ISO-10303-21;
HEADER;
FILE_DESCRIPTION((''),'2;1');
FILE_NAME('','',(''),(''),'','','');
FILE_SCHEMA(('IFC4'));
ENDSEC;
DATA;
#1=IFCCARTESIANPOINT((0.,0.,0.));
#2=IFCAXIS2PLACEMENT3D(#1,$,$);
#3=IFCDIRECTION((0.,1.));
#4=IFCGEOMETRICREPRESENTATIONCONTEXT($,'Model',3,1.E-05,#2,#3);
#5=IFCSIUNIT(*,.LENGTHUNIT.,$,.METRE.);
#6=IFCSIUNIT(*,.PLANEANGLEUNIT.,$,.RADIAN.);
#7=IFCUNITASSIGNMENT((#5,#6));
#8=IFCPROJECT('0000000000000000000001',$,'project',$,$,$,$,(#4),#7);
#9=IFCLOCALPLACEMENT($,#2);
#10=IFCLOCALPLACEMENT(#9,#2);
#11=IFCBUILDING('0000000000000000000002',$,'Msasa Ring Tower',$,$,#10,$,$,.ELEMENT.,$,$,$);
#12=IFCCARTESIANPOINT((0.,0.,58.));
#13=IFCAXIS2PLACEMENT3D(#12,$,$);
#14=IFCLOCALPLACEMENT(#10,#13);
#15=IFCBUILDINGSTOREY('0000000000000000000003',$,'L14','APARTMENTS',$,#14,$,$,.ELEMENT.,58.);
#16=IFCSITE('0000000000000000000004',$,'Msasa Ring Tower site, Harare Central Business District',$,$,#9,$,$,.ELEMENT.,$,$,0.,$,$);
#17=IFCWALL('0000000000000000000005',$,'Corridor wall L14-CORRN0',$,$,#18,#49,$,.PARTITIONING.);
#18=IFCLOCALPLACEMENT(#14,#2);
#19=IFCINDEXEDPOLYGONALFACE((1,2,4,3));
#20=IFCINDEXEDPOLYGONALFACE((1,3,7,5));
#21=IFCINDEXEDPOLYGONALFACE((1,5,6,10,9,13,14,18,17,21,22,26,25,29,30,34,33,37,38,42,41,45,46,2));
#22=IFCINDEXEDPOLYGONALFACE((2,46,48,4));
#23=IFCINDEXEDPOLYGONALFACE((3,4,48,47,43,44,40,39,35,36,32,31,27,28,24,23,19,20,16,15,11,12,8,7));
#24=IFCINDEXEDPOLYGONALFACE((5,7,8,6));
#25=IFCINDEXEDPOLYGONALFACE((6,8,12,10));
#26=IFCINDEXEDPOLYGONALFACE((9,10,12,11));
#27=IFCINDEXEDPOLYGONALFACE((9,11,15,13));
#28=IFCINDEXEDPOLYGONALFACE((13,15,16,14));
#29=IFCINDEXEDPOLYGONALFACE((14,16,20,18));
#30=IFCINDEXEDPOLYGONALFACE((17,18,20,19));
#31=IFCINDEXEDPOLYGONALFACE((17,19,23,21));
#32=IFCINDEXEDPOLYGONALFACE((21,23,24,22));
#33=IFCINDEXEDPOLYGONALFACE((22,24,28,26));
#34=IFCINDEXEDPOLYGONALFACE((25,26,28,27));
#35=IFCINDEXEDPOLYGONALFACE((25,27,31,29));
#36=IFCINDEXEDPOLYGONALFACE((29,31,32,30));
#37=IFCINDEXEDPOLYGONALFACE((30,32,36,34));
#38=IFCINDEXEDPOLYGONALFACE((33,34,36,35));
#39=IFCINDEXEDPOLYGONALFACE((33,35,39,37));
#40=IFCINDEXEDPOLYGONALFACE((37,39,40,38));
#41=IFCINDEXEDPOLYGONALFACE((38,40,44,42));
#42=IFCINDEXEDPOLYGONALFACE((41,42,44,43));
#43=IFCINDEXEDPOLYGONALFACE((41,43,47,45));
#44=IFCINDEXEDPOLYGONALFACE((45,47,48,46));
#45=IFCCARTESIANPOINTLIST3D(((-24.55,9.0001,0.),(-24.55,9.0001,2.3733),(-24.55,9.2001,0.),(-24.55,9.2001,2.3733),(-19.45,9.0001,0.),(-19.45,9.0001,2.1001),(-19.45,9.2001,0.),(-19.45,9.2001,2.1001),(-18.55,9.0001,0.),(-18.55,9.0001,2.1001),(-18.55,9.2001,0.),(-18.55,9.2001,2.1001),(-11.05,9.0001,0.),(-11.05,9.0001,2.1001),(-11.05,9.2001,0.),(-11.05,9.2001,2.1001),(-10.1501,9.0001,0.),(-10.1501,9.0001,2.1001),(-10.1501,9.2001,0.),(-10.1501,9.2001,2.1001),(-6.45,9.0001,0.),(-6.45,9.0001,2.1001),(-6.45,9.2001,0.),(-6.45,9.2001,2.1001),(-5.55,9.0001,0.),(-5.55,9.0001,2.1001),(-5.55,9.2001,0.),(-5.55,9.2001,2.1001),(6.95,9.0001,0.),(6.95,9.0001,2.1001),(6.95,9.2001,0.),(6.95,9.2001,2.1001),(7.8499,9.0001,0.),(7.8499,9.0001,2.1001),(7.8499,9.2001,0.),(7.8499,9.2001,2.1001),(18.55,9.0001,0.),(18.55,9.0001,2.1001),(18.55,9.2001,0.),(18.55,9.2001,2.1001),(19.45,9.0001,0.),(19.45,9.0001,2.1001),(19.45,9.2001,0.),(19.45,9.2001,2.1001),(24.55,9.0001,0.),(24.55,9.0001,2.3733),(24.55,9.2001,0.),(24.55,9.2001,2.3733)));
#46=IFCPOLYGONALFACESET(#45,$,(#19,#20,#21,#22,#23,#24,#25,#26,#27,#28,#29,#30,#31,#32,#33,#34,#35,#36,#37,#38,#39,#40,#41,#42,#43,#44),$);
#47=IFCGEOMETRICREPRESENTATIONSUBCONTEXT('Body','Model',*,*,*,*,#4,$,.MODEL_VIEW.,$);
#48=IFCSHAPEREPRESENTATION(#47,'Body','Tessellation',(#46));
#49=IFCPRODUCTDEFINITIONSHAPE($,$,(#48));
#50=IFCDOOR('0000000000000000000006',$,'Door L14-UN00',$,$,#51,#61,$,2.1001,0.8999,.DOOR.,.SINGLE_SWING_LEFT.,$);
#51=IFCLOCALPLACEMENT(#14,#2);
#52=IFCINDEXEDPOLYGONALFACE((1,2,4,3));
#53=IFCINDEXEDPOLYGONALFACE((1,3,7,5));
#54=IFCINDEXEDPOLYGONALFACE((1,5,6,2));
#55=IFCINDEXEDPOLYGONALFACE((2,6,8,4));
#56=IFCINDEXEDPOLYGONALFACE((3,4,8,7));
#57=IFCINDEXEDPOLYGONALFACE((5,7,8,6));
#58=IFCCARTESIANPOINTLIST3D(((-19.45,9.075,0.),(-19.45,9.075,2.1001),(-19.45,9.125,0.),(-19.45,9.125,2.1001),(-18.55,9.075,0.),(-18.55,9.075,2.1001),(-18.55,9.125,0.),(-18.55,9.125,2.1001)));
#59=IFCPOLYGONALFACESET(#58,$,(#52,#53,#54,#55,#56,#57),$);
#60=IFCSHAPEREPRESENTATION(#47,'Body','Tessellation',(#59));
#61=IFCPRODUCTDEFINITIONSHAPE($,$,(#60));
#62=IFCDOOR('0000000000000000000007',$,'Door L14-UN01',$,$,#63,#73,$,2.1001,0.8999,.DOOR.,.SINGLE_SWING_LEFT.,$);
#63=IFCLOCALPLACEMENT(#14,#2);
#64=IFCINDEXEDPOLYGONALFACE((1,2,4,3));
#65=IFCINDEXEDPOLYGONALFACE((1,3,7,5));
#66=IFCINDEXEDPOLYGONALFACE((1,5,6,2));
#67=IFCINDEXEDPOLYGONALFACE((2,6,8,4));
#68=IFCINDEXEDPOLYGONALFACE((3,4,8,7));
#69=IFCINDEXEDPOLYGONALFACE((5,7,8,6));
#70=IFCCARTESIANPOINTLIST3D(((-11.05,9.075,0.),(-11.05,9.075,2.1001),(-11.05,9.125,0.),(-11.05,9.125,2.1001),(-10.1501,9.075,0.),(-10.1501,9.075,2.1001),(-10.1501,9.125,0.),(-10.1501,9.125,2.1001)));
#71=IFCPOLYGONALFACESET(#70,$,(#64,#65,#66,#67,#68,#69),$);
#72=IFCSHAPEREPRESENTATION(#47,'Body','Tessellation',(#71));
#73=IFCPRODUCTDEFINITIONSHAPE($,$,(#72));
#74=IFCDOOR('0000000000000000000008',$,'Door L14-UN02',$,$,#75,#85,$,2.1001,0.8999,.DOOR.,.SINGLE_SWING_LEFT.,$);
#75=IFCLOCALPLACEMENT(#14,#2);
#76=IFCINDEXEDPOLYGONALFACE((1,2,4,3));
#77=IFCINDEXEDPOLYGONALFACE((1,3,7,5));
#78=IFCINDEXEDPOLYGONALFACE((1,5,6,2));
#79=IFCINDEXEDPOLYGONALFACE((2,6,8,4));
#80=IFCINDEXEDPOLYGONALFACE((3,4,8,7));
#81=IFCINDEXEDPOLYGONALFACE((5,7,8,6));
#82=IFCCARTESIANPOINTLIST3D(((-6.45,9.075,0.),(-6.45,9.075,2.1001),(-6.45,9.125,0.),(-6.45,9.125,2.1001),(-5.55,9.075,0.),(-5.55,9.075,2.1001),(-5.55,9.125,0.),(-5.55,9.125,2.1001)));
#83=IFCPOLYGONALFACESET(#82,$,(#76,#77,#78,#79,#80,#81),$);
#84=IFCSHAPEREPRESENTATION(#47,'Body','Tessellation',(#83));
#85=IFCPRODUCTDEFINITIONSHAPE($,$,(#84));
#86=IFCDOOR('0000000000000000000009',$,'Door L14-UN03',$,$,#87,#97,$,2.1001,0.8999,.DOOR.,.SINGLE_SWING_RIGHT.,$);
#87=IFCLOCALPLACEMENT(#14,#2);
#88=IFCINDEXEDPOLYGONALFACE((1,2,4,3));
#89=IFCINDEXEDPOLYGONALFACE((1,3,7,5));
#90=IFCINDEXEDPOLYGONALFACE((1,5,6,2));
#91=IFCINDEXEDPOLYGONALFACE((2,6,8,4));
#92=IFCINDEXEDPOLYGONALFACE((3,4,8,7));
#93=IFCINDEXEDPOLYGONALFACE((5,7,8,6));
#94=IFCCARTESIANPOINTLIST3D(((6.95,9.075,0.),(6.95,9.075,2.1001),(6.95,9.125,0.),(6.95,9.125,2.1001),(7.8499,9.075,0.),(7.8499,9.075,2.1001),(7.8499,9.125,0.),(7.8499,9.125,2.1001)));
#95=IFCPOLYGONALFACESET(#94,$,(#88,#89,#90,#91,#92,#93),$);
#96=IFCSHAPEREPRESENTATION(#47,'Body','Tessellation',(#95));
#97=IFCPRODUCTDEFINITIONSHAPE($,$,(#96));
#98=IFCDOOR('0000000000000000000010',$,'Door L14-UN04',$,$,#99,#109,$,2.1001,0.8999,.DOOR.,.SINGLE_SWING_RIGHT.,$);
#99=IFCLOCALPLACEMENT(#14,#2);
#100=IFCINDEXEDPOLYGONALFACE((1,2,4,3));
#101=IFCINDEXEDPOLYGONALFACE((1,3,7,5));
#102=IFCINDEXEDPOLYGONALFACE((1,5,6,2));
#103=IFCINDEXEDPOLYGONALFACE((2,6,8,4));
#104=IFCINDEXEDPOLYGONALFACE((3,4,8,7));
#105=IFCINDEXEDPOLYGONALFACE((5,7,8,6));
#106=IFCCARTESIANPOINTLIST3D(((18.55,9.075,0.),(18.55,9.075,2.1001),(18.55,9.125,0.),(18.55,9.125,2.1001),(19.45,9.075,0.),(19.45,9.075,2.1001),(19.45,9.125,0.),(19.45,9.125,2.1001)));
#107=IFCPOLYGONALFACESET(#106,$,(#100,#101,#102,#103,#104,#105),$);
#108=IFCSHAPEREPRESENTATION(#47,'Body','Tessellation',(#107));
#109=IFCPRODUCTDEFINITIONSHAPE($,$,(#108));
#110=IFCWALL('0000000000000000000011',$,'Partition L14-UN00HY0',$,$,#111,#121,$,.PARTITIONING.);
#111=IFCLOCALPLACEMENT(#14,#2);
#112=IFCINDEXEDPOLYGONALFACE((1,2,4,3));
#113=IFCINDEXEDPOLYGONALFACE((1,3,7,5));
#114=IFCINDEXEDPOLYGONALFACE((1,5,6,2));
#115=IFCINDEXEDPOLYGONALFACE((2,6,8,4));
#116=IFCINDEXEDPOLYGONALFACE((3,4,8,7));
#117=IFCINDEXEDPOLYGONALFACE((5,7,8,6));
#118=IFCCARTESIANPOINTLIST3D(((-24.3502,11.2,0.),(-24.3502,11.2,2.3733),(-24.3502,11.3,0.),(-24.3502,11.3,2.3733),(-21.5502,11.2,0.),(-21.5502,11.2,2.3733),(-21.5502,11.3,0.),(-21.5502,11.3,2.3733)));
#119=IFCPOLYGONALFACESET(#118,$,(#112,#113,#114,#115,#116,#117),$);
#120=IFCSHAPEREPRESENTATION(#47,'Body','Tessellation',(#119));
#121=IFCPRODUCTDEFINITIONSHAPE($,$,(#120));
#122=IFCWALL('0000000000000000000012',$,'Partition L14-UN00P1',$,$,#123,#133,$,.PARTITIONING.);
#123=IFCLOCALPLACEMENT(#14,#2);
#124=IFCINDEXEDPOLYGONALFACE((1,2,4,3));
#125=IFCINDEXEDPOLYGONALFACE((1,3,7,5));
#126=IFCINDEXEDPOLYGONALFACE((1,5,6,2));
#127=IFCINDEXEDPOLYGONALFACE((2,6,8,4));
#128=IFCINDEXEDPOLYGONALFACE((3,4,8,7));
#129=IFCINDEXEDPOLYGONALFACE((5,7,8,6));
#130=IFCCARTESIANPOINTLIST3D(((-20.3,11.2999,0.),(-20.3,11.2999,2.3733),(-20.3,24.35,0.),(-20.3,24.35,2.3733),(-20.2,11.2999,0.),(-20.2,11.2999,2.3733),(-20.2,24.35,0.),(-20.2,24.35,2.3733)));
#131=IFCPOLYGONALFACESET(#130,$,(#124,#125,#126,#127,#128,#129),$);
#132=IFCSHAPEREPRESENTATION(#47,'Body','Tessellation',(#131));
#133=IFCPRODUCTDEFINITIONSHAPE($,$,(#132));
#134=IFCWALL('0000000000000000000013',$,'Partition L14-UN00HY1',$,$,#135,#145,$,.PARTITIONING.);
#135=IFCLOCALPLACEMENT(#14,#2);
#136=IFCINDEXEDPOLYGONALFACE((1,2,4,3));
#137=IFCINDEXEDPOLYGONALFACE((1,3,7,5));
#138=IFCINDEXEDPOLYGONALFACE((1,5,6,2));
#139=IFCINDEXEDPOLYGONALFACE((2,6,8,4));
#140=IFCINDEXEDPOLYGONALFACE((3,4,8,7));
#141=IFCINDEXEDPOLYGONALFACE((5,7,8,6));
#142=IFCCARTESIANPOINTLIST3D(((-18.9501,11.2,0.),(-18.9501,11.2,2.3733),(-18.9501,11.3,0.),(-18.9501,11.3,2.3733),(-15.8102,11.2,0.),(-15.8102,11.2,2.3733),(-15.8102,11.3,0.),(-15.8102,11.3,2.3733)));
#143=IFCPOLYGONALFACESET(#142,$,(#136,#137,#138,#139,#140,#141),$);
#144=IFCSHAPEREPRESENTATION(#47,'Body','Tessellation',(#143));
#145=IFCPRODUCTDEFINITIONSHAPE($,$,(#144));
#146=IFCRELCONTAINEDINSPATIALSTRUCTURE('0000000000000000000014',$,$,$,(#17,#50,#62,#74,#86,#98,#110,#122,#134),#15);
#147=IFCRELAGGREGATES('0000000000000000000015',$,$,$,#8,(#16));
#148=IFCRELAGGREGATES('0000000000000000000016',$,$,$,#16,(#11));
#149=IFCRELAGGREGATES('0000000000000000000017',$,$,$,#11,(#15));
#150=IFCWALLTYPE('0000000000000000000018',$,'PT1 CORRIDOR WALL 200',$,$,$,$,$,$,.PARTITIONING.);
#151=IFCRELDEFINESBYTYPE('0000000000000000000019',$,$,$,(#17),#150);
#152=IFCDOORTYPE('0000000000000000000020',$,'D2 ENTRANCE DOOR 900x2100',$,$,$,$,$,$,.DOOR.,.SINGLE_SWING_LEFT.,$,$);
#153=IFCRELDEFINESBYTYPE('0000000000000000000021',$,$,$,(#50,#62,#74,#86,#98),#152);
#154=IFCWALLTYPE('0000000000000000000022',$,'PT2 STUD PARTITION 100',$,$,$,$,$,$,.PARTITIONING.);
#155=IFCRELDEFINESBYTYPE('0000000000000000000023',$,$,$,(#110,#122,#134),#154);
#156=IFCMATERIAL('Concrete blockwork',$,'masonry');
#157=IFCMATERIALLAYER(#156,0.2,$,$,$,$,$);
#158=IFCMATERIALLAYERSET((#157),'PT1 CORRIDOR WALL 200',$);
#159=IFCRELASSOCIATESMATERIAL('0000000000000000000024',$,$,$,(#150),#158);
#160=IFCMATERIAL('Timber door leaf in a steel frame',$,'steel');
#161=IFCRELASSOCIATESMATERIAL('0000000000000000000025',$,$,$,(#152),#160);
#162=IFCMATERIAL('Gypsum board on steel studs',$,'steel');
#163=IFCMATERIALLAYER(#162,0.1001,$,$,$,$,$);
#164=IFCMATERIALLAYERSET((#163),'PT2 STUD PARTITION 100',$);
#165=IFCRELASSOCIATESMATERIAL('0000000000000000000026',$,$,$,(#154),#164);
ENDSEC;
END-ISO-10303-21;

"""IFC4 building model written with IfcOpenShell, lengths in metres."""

from ifc_helpers import new_model, si_unit, direction, frame, frame_2d, origin, place, context, subcontext, project, spatial, rectangle, extrude, material, layer, layer_set, type_object, element, fill, save


model = new_model("IFC4")

# Units and contexts
model_context = context("Model", 3, precision=1e-05, world=origin(), true_north=direction((0.0, 1.0)))
body_context = subcontext(model_context, "Body", "Model", "MODEL_VIEW")
ifc_project = project(units=[si_unit("LENGTHUNIT", "METRE"), si_unit("PLANEANGLEUNIT", "RADIAN")], contexts=[model_context])

# Site, building, storey
site_placement = place(None, origin())
site = spatial("IfcSite", under=ifc_project, at=site_placement, Name="Msasa Ring Tower site, Harare Central Business District", CompositionType="ELEMENT", RefElevation=0.0)
building_placement = place(site_placement, origin())
building = spatial("IfcBuilding", under=site, at=building_placement, Name="Msasa Ring Tower", CompositionType="ELEMENT")
storey_placement = place(building_placement, frame((0.0, 0.0, 58.0)))
storey = spatial("IfcBuildingStorey", under=building, at=storey_placement, Name="L14", Description="APARTMENTS", CompositionType="ELEMENT", Elevation=58.0)

# Wall, openings, doors
ifc_material_1 = material(Name="Concrete blockwork", Category="masonry")
ifc_layer_1 = layer(ifc_material_1, 0.2)
ifc_layer_set_1 = layer_set([ifc_layer_1], Name="PT1 CORRIDOR WALL 200")
wall_type_1 = type_object("IfcWallType", Name="PT1 CORRIDOR WALL 200", PredefinedType="PARTITIONING", material=ifc_layer_set_1)
wall_1_placement = place(storey_placement, frame((-24.55, 9.1001, 0.0), z_axis=(0.0, 0.0, 1.0), x_axis=(1.0, 0.0, 0.0)))
wall_1 = element("IfcWall", 1, at=wall_1_placement, inside=storey, type_object=wall_type_1, Name="Corridor wall L14-CORRN0", PredefinedType="PARTITIONING", context=body_context, shape_type="SweptSolid", body=[
    extrude(rectangle(XDim=49.1001, YDim=0.2, at=frame_2d((24.55, 0.0))), origin(), (0.0, 0.0, 1.0), 2.3733),
])
opening_1_placement = place(wall_1_placement, frame((5.1001, 0.0, 0.0)))
opening_1 = element("IfcOpeningElement", 2, at=opening_1_placement, cuts=wall_1, PredefinedType="OPENING", context=body_context, shape_type="SweptSolid", body=[
    extrude(rectangle(XDim=0.8999, YDim=2.1001, at=frame_2d((0.45, 1.05))), frame((0.0, 0.1099, 0.0), z_axis=(0.0, -1.0, 0.0), x_axis=(1.0, 0.0, 0.0)), (0.0, 0.0, 1.0), 0.22),
])
opening_2_placement = place(wall_1_placement, frame((13.5, 0.0, 0.0)))
opening_2 = element("IfcOpeningElement", 3, at=opening_2_placement, cuts=wall_1, PredefinedType="OPENING", context=body_context, shape_type="SweptSolid", body=[
    extrude(rectangle(XDim=0.8999, YDim=2.1001, at=frame_2d((0.45, 1.05))), frame((0.0, 0.1099, 0.0), z_axis=(0.0, -1.0, 0.0), x_axis=(1.0, 0.0, 0.0)), (0.0, 0.0, 1.0), 0.22),
])
opening_3_placement = place(wall_1_placement, frame((18.1001, 0.0, 0.0)))
opening_3 = element("IfcOpeningElement", 4, at=opening_3_placement, cuts=wall_1, PredefinedType="OPENING", context=body_context, shape_type="SweptSolid", body=[
    extrude(rectangle(XDim=0.8999, YDim=2.1001, at=frame_2d((0.45, 1.05))), frame((0.0, 0.1099, 0.0), z_axis=(0.0, -1.0, 0.0), x_axis=(1.0, 0.0, 0.0)), (0.0, 0.0, 1.0), 0.22),
])
opening_4_placement = place(wall_1_placement, frame((31.5, 0.0, 0.0)))
opening_4 = element("IfcOpeningElement", 5, at=opening_4_placement, cuts=wall_1, PredefinedType="OPENING", context=body_context, shape_type="SweptSolid", body=[
    extrude(rectangle(XDim=0.8999, YDim=2.1001, at=frame_2d((0.45, 1.05))), frame((0.0, 0.1099, 0.0), z_axis=(0.0, -1.0, 0.0), x_axis=(1.0, 0.0, 0.0)), (0.0, 0.0, 1.0), 0.22),
])
opening_5_placement = place(wall_1_placement, frame((43.1001, 0.0, 0.0)))
opening_5 = element("IfcOpeningElement", 6, at=opening_5_placement, cuts=wall_1, PredefinedType="OPENING", context=body_context, shape_type="SweptSolid", body=[
    extrude(rectangle(XDim=0.8999, YDim=2.1001, at=frame_2d((0.45, 1.05))), frame((0.0, 0.1099, 0.0), z_axis=(0.0, -1.0, 0.0), x_axis=(1.0, 0.0, 0.0)), (0.0, 0.0, 1.0), 0.22),
])
ifc_material_2 = material(Name="Timber door leaf in a steel frame", Category="steel")
door_type_1 = type_object("IfcDoorType", Name="D2 ENTRANCE DOOR 900x2100", OperationType="SINGLE_SWING_LEFT", PredefinedType="DOOR", material=ifc_material_2)
door_1_placement = place(opening_1_placement, origin())
door_1 = element("IfcDoor", 7, at=door_1_placement, inside=storey, type_object=door_type_1, Name="Door L14-UN00", OperationType="SINGLE_SWING_LEFT", OverallHeight=2.1001, OverallWidth=0.8999, PredefinedType="DOOR", context=body_context, shape_type="SweptSolid", body=[
    extrude(rectangle(XDim=0.8999, YDim=2.1001, at=frame_2d((0.45, 1.05))), frame((0.0, 0.0249, 0.0), z_axis=(0.0, -1.0, 0.0), x_axis=(1.0, 0.0, 0.0)), (0.0, 0.0, 1.0), 0.05),
])
fill(opening_1, door_1)
door_2_placement = place(opening_2_placement, origin())
door_2 = element("IfcDoor", 8, at=door_2_placement, inside=storey, type_object=door_type_1, Name="Door L14-UN01", OperationType="SINGLE_SWING_LEFT", OverallHeight=2.1001, OverallWidth=0.8999, PredefinedType="DOOR", context=body_context, shape_type="SweptSolid", body=[
    extrude(rectangle(XDim=0.8999, YDim=2.1001, at=frame_2d((0.45, 1.05))), frame((0.0, 0.0249, 0.0), z_axis=(0.0, -1.0, 0.0), x_axis=(1.0, 0.0, 0.0)), (0.0, 0.0, 1.0), 0.05),
])
fill(opening_2, door_2)
door_3_placement = place(opening_3_placement, origin())
door_3 = element("IfcDoor", 9, at=door_3_placement, inside=storey, type_object=door_type_1, Name="Door L14-UN02", OperationType="SINGLE_SWING_LEFT", OverallHeight=2.1001, OverallWidth=0.8999, PredefinedType="DOOR", context=body_context, shape_type="SweptSolid", body=[
    extrude(rectangle(XDim=0.8999, YDim=2.1001, at=frame_2d((0.45, 1.05))), frame((0.0, 0.0249, 0.0), z_axis=(0.0, -1.0, 0.0), x_axis=(1.0, 0.0, 0.0)), (0.0, 0.0, 1.0), 0.05),
])
fill(opening_3, door_3)
door_4_placement = place(opening_4_placement, origin())
door_4 = element("IfcDoor", 10, at=door_4_placement, inside=storey, type_object=door_type_1, Name="Door L14-UN03", OperationType="SINGLE_SWING_RIGHT", OverallHeight=2.1001, OverallWidth=0.8999, PredefinedType="DOOR", context=body_context, shape_type="SweptSolid", body=[
    extrude(rectangle(XDim=0.8999, YDim=2.1001, at=frame_2d((0.45, 1.05))), frame((0.0, 0.0249, 0.0), z_axis=(0.0, -1.0, 0.0), x_axis=(1.0, 0.0, 0.0)), (0.0, 0.0, 1.0), 0.05),
])
fill(opening_4, door_4)
door_5_placement = place(opening_5_placement, origin())
door_5 = element("IfcDoor", 11, at=door_5_placement, inside=storey, type_object=door_type_1, Name="Door L14-UN04", OperationType="SINGLE_SWING_RIGHT", OverallHeight=2.1001, OverallWidth=0.8999, PredefinedType="DOOR", context=body_context, shape_type="SweptSolid", body=[
    extrude(rectangle(XDim=0.8999, YDim=2.1001, at=frame_2d((0.45, 1.05))), frame((0.0, 0.0249, 0.0), z_axis=(0.0, -1.0, 0.0), x_axis=(1.0, 0.0, 0.0)), (0.0, 0.0, 1.0), 0.05),
])
fill(opening_5, door_5)

# Walls
ifc_material_3 = material(Name="Gypsum board on steel studs", Category="steel")
ifc_layer_2 = layer(ifc_material_3, 0.1001)
ifc_layer_set_2 = layer_set([ifc_layer_2], Name="PT2 STUD PARTITION 100")
wall_type_2 = type_object("IfcWallType", Name="PT2 STUD PARTITION 100", PredefinedType="PARTITIONING", material=ifc_layer_set_2)
wall_2_placement = place(storey_placement, frame((-24.3501, 11.25, 0.0), z_axis=(0.0, 0.0, 1.0), x_axis=(1.0, 0.0, 0.0)))
element("IfcWall", 12, at=wall_2_placement, inside=storey, type_object=wall_type_2, Name="Partition L14-UN00HY0", PredefinedType="PARTITIONING", context=body_context, shape_type="SweptSolid", body=[
    extrude(rectangle(XDim=2.8, YDim=0.1001, at=frame_2d((1.3999, 0.0))), origin(), (0.0, 0.0, 1.0), 2.3733),
])
wall_3_placement = place(storey_placement, frame((-20.25, 11.3, 0.0), z_axis=(0.0, 0.0, 1.0), x_axis=(0.0, 1.0, 0.0)))
element("IfcWall", 13, at=wall_3_placement, inside=storey, type_object=wall_type_2, Name="Partition L14-UN00P1", PredefinedType="PARTITIONING", context=body_context, shape_type="SweptSolid", body=[
    extrude(rectangle(XDim=13.05, YDim=0.1001, at=frame_2d((6.5249, 0.0))), origin(), (0.0, 0.0, 1.0), 2.3733),
])
wall_4_placement = place(storey_placement, frame((-18.95, 11.25, 0.0), z_axis=(0.0, 0.0, 1.0), x_axis=(1.0, 0.0, 0.0)))
element("IfcWall", 14, at=wall_4_placement, inside=storey, type_object=wall_type_2, Name="Partition L14-UN00HY1", PredefinedType="PARTITIONING", context=body_context, shape_type="SweptSolid", body=[
    extrude(rectangle(XDim=3.1399, YDim=0.1001, at=frame_2d((1.5698, 0.0))), origin(), (0.0, 0.0, 1.0), 2.3733),
])

save(model, "model.ifc")
